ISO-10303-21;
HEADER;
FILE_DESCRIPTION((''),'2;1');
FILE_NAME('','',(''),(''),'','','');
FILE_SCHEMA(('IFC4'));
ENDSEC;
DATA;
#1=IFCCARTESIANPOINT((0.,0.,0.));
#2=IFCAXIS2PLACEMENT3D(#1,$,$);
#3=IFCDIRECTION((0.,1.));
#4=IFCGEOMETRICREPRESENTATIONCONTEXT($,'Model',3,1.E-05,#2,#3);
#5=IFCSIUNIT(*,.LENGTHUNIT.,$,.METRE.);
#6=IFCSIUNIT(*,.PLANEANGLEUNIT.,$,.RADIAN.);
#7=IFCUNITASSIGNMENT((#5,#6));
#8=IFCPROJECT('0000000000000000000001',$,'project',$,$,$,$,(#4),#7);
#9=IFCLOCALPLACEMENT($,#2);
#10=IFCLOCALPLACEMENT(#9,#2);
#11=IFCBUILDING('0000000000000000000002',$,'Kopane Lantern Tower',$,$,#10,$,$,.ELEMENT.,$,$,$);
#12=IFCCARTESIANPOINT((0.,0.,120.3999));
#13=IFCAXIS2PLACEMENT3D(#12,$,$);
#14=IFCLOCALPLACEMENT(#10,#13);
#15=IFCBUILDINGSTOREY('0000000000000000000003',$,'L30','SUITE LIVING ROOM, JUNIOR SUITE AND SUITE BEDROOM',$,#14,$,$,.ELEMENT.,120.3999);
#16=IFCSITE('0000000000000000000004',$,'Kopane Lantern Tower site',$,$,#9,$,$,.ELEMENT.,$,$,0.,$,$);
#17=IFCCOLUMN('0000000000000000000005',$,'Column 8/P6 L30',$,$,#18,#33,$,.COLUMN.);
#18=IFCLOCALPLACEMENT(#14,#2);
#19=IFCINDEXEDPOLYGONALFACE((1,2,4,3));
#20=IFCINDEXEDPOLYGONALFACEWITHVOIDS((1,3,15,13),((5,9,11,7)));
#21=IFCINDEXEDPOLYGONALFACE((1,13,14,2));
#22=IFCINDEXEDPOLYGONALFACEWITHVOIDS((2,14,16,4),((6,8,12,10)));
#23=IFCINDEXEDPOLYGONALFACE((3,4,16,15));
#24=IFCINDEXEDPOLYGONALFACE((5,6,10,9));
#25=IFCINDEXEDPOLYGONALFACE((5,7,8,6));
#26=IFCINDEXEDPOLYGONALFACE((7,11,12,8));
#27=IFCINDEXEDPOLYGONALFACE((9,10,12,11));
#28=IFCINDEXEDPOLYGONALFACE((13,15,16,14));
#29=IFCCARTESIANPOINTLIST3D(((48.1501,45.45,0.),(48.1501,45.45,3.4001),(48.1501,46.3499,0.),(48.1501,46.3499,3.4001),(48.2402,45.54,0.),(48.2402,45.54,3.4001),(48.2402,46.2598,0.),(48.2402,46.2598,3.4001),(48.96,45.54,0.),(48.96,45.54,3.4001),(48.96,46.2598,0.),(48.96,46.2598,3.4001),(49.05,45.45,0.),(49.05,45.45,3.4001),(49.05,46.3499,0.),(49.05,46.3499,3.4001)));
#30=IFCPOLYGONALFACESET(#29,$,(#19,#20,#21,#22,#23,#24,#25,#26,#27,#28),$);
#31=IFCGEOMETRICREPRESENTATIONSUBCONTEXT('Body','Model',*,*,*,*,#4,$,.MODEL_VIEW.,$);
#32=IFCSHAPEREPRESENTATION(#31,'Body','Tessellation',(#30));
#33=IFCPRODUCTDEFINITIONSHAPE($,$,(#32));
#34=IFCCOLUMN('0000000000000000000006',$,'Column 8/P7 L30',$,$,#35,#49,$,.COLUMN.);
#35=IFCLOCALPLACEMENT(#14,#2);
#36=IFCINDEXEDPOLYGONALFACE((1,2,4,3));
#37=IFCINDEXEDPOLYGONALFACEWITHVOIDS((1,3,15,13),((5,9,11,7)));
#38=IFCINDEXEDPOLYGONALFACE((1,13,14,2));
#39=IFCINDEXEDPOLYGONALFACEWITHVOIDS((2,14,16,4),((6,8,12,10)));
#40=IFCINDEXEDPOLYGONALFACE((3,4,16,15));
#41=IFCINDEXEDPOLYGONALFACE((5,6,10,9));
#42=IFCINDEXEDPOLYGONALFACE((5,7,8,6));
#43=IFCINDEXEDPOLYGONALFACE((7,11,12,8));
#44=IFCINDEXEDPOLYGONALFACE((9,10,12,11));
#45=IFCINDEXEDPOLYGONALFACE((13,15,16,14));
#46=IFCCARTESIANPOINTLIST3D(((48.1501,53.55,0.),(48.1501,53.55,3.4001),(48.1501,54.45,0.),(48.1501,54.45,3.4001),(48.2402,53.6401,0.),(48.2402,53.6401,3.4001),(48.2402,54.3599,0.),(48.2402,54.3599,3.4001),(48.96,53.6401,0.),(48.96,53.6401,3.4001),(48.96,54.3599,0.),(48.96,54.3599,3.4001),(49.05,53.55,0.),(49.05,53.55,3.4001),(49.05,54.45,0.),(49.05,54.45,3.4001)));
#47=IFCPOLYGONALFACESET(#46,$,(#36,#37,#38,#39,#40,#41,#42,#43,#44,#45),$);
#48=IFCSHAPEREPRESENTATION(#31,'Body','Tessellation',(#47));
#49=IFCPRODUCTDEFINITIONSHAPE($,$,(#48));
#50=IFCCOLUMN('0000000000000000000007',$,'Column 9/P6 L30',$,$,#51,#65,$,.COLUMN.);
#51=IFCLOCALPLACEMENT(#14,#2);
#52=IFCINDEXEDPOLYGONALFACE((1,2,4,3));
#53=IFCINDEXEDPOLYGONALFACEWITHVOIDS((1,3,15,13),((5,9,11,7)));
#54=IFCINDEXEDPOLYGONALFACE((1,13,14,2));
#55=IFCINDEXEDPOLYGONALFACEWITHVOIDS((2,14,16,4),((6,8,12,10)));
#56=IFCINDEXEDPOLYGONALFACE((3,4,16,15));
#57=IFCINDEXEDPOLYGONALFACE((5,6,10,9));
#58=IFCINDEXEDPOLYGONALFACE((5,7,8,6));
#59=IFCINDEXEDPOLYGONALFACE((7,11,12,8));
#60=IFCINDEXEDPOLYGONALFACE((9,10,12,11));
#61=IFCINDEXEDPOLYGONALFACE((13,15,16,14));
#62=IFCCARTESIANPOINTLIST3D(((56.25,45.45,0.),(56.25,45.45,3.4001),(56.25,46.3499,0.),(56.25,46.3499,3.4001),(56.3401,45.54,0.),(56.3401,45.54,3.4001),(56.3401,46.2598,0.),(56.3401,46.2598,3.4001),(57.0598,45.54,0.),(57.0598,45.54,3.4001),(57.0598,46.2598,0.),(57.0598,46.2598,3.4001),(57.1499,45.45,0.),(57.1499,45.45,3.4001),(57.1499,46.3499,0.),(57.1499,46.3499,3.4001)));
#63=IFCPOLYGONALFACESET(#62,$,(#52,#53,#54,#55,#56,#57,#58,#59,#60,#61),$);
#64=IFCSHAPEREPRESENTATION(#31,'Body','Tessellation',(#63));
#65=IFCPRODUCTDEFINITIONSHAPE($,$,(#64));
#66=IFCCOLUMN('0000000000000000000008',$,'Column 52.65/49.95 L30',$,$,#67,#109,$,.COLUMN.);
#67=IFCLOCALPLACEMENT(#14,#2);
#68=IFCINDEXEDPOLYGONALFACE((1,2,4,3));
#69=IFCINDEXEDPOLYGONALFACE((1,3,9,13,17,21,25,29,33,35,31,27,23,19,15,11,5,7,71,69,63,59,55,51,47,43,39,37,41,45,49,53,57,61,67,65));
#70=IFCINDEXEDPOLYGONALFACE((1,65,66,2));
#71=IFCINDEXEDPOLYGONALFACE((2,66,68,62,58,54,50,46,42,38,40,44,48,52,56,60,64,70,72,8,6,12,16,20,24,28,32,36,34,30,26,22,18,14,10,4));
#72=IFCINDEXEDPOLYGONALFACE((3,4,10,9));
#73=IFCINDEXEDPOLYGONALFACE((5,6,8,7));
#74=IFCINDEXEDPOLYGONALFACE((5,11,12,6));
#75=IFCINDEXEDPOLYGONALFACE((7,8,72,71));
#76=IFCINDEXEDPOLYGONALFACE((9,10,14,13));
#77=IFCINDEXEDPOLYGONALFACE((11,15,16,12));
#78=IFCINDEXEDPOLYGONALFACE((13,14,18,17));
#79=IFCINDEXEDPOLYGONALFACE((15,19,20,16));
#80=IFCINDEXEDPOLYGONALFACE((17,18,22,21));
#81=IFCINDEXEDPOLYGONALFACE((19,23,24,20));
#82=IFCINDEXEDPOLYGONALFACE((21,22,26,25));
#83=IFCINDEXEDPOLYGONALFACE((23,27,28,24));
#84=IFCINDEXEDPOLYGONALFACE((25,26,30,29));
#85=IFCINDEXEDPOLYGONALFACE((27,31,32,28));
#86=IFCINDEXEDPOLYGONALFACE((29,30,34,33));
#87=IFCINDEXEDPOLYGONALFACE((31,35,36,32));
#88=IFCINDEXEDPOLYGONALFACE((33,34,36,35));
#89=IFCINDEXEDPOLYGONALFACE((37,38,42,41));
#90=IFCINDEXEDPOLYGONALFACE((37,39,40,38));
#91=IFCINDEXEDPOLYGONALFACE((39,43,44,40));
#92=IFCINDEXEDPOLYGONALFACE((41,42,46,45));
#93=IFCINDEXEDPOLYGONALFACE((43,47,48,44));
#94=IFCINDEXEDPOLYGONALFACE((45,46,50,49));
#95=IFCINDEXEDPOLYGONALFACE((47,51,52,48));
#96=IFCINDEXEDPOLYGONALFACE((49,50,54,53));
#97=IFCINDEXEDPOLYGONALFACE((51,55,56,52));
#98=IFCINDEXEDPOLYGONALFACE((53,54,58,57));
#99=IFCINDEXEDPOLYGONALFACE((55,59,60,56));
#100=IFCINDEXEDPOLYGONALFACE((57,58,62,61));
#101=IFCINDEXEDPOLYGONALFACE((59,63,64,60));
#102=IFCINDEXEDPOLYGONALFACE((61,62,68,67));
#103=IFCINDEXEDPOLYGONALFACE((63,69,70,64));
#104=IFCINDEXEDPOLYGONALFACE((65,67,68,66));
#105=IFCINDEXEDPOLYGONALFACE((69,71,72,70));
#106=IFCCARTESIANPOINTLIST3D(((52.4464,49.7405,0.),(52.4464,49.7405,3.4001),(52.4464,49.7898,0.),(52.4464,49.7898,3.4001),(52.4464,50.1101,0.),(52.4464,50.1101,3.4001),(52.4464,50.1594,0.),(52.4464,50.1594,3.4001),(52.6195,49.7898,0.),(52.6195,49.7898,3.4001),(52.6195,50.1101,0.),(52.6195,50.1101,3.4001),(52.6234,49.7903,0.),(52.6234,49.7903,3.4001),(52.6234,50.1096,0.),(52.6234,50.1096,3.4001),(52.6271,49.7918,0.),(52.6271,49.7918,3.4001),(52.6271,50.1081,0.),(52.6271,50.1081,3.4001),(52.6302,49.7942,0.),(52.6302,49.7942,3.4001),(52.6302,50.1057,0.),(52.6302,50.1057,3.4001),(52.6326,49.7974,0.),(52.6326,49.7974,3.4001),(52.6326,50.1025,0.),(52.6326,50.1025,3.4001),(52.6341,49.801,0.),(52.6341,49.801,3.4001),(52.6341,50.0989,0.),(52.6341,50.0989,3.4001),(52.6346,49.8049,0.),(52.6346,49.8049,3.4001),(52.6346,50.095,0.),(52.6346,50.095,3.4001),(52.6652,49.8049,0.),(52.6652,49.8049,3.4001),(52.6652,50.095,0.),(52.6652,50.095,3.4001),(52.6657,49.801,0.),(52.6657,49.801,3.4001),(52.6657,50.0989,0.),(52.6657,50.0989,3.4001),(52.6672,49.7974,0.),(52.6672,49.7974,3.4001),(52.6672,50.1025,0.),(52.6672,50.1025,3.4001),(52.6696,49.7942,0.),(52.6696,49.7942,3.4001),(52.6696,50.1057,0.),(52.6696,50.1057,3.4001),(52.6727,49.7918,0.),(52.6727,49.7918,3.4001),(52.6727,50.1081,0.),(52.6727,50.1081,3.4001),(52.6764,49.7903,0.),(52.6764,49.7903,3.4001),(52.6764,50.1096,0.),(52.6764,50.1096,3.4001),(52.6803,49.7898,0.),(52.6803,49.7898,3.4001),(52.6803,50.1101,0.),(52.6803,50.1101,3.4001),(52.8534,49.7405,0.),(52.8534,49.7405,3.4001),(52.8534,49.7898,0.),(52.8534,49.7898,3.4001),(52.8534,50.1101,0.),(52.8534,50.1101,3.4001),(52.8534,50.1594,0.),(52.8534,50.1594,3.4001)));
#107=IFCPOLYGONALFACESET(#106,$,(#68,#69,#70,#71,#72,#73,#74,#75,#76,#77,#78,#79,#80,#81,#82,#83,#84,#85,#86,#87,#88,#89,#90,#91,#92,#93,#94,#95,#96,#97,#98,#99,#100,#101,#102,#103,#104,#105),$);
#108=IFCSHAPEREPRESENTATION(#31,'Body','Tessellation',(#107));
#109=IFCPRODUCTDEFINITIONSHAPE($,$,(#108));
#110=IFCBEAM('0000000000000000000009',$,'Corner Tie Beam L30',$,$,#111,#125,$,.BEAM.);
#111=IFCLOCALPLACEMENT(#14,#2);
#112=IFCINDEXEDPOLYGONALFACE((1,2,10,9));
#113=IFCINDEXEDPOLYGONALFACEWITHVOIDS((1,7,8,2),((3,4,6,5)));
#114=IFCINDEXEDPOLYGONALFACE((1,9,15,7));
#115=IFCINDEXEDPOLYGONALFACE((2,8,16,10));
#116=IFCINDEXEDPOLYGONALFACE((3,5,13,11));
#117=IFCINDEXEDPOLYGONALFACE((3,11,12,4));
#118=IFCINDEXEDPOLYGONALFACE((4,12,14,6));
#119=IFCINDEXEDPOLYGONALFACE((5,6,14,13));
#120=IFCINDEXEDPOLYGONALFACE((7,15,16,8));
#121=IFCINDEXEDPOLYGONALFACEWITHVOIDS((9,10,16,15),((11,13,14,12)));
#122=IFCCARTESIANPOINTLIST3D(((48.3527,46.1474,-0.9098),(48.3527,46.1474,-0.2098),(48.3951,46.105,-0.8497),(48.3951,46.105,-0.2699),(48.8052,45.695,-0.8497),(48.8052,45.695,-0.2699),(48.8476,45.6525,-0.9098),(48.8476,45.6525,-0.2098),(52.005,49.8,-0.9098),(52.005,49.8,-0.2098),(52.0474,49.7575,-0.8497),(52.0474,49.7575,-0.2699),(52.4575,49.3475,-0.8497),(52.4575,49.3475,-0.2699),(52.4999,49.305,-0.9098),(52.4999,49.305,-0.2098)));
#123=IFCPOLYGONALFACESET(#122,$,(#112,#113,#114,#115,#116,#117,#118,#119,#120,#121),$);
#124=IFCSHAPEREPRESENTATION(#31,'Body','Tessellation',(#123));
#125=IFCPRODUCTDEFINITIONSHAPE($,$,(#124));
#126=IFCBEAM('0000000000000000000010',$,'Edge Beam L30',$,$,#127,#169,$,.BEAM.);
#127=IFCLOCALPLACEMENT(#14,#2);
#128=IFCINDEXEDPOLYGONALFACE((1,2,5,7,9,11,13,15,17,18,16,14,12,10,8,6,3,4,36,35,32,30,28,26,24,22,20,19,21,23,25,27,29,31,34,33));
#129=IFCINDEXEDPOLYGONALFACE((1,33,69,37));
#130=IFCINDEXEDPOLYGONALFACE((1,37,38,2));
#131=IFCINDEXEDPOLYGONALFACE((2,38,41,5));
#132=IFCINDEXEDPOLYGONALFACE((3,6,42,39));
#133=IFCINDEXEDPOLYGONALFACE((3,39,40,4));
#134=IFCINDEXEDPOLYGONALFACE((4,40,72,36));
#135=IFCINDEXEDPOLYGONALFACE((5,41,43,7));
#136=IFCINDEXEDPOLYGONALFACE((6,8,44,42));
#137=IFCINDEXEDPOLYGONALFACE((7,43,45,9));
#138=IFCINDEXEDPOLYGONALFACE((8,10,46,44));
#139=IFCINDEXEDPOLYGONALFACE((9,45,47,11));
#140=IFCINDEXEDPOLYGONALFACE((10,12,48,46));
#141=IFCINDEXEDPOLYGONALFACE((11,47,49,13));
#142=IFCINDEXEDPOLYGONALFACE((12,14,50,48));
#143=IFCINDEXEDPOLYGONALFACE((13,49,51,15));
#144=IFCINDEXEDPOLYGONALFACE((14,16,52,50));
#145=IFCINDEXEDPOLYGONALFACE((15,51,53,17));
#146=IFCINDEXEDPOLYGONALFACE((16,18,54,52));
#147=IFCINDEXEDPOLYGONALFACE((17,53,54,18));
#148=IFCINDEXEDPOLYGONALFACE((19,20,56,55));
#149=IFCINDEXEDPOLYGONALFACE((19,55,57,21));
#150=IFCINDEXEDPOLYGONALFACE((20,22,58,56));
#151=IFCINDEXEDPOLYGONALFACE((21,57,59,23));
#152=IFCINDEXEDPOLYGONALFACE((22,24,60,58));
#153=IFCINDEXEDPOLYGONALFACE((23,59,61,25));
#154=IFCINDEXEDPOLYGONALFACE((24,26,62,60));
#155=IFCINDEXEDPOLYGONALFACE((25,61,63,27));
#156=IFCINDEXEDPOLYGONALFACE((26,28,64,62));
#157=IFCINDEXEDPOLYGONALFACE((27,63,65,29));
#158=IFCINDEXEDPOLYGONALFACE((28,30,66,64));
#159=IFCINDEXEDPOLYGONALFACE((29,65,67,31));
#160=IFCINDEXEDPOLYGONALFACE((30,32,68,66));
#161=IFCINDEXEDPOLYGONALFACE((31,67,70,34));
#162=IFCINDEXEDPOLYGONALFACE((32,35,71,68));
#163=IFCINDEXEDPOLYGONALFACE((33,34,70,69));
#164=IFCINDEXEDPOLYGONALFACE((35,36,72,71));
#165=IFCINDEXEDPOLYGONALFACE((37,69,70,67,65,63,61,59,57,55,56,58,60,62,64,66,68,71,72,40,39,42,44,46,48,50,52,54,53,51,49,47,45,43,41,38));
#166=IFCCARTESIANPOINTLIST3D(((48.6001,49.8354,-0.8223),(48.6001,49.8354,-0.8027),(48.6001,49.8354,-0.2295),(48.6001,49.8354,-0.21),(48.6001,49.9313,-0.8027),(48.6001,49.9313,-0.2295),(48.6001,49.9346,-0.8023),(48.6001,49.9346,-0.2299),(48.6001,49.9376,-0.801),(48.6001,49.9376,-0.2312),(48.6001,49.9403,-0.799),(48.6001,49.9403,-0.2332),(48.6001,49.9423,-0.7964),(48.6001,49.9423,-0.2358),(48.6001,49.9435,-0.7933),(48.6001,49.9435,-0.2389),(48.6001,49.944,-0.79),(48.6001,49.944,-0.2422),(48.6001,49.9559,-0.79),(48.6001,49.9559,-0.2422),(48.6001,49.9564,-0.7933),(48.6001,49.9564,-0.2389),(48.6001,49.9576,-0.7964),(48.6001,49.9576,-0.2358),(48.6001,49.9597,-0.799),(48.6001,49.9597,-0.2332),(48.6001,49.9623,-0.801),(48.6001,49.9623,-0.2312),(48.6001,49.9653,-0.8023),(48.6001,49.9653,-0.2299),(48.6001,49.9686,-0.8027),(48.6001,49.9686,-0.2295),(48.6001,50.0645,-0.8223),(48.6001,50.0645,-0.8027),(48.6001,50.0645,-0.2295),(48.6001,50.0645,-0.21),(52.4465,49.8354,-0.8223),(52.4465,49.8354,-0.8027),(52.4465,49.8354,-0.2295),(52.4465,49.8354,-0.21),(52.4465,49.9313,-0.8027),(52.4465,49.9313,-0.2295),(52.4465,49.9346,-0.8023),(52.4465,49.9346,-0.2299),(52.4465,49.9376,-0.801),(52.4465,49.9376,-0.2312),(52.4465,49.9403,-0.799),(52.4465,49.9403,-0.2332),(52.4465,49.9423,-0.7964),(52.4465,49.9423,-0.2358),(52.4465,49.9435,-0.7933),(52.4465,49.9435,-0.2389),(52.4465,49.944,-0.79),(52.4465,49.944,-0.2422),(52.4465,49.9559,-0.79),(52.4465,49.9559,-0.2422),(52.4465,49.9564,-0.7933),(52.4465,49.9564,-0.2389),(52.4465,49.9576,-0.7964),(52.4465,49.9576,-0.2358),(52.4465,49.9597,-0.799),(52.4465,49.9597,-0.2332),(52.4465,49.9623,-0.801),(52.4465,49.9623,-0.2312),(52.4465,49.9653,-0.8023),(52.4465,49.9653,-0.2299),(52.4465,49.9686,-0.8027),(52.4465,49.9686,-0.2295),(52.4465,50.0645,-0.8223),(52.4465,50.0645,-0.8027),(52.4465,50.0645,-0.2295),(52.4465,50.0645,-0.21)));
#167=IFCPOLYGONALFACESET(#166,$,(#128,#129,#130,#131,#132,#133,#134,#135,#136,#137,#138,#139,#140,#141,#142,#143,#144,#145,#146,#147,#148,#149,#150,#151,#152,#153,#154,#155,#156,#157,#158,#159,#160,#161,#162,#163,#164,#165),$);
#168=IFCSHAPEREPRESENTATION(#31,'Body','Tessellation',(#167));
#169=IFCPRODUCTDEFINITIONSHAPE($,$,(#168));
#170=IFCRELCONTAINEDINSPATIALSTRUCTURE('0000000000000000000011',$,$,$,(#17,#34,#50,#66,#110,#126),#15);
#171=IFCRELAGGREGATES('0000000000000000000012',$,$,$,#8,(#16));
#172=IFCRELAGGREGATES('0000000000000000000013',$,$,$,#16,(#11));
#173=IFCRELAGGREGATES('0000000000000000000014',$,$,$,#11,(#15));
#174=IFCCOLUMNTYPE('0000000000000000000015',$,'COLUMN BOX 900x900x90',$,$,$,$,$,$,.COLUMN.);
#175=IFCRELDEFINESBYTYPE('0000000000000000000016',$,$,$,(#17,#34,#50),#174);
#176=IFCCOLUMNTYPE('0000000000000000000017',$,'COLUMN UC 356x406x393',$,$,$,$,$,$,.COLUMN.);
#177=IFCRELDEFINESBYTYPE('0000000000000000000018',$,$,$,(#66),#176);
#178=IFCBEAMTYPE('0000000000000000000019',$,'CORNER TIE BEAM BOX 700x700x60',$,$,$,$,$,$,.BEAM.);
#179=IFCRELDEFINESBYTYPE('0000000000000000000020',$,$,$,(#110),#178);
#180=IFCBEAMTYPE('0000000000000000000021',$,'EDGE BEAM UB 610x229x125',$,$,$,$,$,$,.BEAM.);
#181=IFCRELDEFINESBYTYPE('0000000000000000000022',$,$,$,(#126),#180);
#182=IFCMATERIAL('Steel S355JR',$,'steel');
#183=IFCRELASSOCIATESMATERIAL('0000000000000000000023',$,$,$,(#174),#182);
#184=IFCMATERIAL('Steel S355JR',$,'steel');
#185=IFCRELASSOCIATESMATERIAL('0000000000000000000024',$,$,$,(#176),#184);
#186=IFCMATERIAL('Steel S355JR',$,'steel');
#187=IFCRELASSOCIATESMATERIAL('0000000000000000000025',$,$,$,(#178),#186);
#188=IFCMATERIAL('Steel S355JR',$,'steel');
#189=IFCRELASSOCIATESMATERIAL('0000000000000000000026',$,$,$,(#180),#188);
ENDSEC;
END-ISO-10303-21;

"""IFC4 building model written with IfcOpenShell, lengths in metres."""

from ifc_helpers import new_model, si_unit, direction, frame, origin, origin_2d, place, context, subcontext, project, spatial, hollow_rectangle, i_section, extrude, material, material_profile, profile_set, type_object, element, save


model = new_model("IFC4")

# Units and contexts
model_context = context("Model", 3, precision=1e-05, world=origin(), true_north=direction((0.0, 1.0)))
body_context = subcontext(model_context, "Body", "Model", "MODEL_VIEW")
ifc_project = project(units=[si_unit("LENGTHUNIT", "METRE"), si_unit("PLANEANGLEUNIT", "RADIAN")], contexts=[model_context])

# Site, building, storey
site_placement = place(None, origin())
site = spatial("IfcSite", under=ifc_project, at=site_placement, Name="Kopane Lantern Tower site", CompositionType="ELEMENT", RefElevation=0.0)
building_placement = place(site_placement, origin())
building = spatial("IfcBuilding", under=site, at=building_placement, Name="Kopane Lantern Tower", CompositionType="ELEMENT")
storey_placement = place(building_placement, frame((0.0, 0.0, 120.3999)))
storey = spatial("IfcBuildingStorey", under=building, at=storey_placement, Name="L30", Description="SUITE LIVING ROOM, JUNIOR SUITE AND SUITE BEDROOM", CompositionType="ELEMENT", Elevation=120.3999)

# Columns
ifc_material_1 = material(Name="Steel S355JR", Category="steel")
ifc_material_profile_1 = material_profile(ifc_material_1, hollow_rectangle(XDim=0.8999, YDim=0.8999, WallThickness=0.0901, at=origin_2d()), Name="BOX 900x900x90")
ifc_profile_set_1 = profile_set([ifc_material_profile_1], Name="Steel S355JR")
column_type_1 = type_object("IfcColumnType", Name="COLUMN BOX 900x900x90", PredefinedType="COLUMN", material=ifc_profile_set_1)
for number, where, z_axis, x_axis, name in (
    (1, (48.6001, 45.8999, 0.0), (0.0, 0.0, 1.0), (1.0, 0.0, 0.0), "Column 8/P6 L30"),
    (2, (48.6001, 54.0, 0.0), (0.0, 0.0, 1.0), (1.0, 0.0, 0.0), "Column 8/P7 L30"),
    (3, (56.7, 45.8999, 0.0), (0.0, 0.0, 1.0), (1.0, 0.0, 0.0), "Column 9/P6 L30"),
):
    element("IfcColumn", number, at=place(storey_placement, frame(where, z_axis=z_axis, x_axis=x_axis)), inside=storey, type_object=column_type_1, Name=name, PredefinedType="COLUMN", context=body_context, shape_type="SweptSolid", body=[
        extrude(hollow_rectangle(XDim=0.8999, YDim=0.8999, WallThickness=0.0901, at=origin_2d()), origin(), (0.0, 0.0, 1.0), 3.4001),
    ])
ifc_material_2 = material(Name="Steel S355JR", Category="steel")
ifc_material_profile_2 = material_profile(ifc_material_2, i_section(OverallWidth=0.407, OverallDepth=0.4189, WebThickness=0.0305, FlangeThickness=0.0493, FilletRadius=0.0151, at=origin_2d()), Name="UC 356x406x393")
ifc_profile_set_2 = profile_set([ifc_material_profile_2], Name="Steel S355JR")
column_type_2 = type_object("IfcColumnType", Name="COLUMN UC 356x406x393", PredefinedType="COLUMN", material=ifc_profile_set_2)
column_placement = place(storey_placement, frame((52.6499, 49.95, 0.0), z_axis=(0.0, 0.0, 1.0), x_axis=(1.0, 0.0, 0.0)))
element("IfcColumn", 4, at=column_placement, inside=storey, type_object=column_type_2, Name="Column 52.65/49.95 L30", PredefinedType="COLUMN", context=body_context, shape_type="SweptSolid", body=[
    extrude(i_section(OverallWidth=0.407, OverallDepth=0.4189, WebThickness=0.0305, FlangeThickness=0.0493, FilletRadius=0.0151, at=origin_2d()), origin(), (0.0, 0.0, 1.0), 3.4001),
])

# Beams
ifc_material_3 = material(Name="Steel S355JR", Category="steel")
ifc_material_profile_3 = material_profile(ifc_material_3, hollow_rectangle(XDim=0.7, YDim=0.7, WallThickness=0.0601, at=origin_2d()), Name="BOX 700x700x60")
ifc_profile_set_3 = profile_set([ifc_material_profile_3], Name="Steel S355JR")
beam_type_1 = type_object("IfcBeamType", Name="CORNER TIE BEAM BOX 700x700x60", PredefinedType="BEAM", material=ifc_profile_set_3)
beam_1_placement = place(storey_placement, frame((52.2524, 49.5525, -0.5598), z_axis=(-0.707083, -0.70713, 0.0), x_axis=(0.70713, -0.707083, 0.0)))
element("IfcBeam", 5, at=beam_1_placement, inside=storey, type_object=beam_type_1, Name="Corner Tie Beam L30", PredefinedType="BEAM", context=body_context, shape_type="SweptSolid", body=[
    extrude(hollow_rectangle(XDim=0.7, YDim=0.7, WallThickness=0.0601, at=origin_2d()), origin(), (0.0, 0.0, 1.0), 5.1653),
])
ifc_material_4 = material(Name="Steel S355JR", Category="steel")
ifc_material_profile_4 = material_profile(ifc_material_4, i_section(OverallWidth=0.229, OverallDepth=0.6123, WebThickness=0.012, FlangeThickness=0.0195, FilletRadius=0.0127, at=origin_2d()), Name="UB 610x229x125")
ifc_profile_set_4 = profile_set([ifc_material_profile_4], Name="Steel S355JR")
beam_type_2 = type_object("IfcBeamType", Name="EDGE BEAM UB 610x229x125", PredefinedType="BEAM", material=ifc_profile_set_4)
beam_2_placement = place(storey_placement, frame((52.4465, 49.95, -0.5161), z_axis=(-1.0, 0.0, 0.0), x_axis=(0.0, -1.0, 0.0)))
element("IfcBeam", 6, at=beam_2_placement, inside=storey, type_object=beam_type_2, Name="Edge Beam L30", PredefinedType="BEAM", context=body_context, shape_type="SweptSolid", body=[
    extrude(i_section(OverallWidth=0.229, OverallDepth=0.6123, WebThickness=0.012, FlangeThickness=0.0195, FilletRadius=0.0127, at=origin_2d()), origin(), (0.0, 0.0, 1.0), 3.8464),
])

save(model, "model.ifc")
